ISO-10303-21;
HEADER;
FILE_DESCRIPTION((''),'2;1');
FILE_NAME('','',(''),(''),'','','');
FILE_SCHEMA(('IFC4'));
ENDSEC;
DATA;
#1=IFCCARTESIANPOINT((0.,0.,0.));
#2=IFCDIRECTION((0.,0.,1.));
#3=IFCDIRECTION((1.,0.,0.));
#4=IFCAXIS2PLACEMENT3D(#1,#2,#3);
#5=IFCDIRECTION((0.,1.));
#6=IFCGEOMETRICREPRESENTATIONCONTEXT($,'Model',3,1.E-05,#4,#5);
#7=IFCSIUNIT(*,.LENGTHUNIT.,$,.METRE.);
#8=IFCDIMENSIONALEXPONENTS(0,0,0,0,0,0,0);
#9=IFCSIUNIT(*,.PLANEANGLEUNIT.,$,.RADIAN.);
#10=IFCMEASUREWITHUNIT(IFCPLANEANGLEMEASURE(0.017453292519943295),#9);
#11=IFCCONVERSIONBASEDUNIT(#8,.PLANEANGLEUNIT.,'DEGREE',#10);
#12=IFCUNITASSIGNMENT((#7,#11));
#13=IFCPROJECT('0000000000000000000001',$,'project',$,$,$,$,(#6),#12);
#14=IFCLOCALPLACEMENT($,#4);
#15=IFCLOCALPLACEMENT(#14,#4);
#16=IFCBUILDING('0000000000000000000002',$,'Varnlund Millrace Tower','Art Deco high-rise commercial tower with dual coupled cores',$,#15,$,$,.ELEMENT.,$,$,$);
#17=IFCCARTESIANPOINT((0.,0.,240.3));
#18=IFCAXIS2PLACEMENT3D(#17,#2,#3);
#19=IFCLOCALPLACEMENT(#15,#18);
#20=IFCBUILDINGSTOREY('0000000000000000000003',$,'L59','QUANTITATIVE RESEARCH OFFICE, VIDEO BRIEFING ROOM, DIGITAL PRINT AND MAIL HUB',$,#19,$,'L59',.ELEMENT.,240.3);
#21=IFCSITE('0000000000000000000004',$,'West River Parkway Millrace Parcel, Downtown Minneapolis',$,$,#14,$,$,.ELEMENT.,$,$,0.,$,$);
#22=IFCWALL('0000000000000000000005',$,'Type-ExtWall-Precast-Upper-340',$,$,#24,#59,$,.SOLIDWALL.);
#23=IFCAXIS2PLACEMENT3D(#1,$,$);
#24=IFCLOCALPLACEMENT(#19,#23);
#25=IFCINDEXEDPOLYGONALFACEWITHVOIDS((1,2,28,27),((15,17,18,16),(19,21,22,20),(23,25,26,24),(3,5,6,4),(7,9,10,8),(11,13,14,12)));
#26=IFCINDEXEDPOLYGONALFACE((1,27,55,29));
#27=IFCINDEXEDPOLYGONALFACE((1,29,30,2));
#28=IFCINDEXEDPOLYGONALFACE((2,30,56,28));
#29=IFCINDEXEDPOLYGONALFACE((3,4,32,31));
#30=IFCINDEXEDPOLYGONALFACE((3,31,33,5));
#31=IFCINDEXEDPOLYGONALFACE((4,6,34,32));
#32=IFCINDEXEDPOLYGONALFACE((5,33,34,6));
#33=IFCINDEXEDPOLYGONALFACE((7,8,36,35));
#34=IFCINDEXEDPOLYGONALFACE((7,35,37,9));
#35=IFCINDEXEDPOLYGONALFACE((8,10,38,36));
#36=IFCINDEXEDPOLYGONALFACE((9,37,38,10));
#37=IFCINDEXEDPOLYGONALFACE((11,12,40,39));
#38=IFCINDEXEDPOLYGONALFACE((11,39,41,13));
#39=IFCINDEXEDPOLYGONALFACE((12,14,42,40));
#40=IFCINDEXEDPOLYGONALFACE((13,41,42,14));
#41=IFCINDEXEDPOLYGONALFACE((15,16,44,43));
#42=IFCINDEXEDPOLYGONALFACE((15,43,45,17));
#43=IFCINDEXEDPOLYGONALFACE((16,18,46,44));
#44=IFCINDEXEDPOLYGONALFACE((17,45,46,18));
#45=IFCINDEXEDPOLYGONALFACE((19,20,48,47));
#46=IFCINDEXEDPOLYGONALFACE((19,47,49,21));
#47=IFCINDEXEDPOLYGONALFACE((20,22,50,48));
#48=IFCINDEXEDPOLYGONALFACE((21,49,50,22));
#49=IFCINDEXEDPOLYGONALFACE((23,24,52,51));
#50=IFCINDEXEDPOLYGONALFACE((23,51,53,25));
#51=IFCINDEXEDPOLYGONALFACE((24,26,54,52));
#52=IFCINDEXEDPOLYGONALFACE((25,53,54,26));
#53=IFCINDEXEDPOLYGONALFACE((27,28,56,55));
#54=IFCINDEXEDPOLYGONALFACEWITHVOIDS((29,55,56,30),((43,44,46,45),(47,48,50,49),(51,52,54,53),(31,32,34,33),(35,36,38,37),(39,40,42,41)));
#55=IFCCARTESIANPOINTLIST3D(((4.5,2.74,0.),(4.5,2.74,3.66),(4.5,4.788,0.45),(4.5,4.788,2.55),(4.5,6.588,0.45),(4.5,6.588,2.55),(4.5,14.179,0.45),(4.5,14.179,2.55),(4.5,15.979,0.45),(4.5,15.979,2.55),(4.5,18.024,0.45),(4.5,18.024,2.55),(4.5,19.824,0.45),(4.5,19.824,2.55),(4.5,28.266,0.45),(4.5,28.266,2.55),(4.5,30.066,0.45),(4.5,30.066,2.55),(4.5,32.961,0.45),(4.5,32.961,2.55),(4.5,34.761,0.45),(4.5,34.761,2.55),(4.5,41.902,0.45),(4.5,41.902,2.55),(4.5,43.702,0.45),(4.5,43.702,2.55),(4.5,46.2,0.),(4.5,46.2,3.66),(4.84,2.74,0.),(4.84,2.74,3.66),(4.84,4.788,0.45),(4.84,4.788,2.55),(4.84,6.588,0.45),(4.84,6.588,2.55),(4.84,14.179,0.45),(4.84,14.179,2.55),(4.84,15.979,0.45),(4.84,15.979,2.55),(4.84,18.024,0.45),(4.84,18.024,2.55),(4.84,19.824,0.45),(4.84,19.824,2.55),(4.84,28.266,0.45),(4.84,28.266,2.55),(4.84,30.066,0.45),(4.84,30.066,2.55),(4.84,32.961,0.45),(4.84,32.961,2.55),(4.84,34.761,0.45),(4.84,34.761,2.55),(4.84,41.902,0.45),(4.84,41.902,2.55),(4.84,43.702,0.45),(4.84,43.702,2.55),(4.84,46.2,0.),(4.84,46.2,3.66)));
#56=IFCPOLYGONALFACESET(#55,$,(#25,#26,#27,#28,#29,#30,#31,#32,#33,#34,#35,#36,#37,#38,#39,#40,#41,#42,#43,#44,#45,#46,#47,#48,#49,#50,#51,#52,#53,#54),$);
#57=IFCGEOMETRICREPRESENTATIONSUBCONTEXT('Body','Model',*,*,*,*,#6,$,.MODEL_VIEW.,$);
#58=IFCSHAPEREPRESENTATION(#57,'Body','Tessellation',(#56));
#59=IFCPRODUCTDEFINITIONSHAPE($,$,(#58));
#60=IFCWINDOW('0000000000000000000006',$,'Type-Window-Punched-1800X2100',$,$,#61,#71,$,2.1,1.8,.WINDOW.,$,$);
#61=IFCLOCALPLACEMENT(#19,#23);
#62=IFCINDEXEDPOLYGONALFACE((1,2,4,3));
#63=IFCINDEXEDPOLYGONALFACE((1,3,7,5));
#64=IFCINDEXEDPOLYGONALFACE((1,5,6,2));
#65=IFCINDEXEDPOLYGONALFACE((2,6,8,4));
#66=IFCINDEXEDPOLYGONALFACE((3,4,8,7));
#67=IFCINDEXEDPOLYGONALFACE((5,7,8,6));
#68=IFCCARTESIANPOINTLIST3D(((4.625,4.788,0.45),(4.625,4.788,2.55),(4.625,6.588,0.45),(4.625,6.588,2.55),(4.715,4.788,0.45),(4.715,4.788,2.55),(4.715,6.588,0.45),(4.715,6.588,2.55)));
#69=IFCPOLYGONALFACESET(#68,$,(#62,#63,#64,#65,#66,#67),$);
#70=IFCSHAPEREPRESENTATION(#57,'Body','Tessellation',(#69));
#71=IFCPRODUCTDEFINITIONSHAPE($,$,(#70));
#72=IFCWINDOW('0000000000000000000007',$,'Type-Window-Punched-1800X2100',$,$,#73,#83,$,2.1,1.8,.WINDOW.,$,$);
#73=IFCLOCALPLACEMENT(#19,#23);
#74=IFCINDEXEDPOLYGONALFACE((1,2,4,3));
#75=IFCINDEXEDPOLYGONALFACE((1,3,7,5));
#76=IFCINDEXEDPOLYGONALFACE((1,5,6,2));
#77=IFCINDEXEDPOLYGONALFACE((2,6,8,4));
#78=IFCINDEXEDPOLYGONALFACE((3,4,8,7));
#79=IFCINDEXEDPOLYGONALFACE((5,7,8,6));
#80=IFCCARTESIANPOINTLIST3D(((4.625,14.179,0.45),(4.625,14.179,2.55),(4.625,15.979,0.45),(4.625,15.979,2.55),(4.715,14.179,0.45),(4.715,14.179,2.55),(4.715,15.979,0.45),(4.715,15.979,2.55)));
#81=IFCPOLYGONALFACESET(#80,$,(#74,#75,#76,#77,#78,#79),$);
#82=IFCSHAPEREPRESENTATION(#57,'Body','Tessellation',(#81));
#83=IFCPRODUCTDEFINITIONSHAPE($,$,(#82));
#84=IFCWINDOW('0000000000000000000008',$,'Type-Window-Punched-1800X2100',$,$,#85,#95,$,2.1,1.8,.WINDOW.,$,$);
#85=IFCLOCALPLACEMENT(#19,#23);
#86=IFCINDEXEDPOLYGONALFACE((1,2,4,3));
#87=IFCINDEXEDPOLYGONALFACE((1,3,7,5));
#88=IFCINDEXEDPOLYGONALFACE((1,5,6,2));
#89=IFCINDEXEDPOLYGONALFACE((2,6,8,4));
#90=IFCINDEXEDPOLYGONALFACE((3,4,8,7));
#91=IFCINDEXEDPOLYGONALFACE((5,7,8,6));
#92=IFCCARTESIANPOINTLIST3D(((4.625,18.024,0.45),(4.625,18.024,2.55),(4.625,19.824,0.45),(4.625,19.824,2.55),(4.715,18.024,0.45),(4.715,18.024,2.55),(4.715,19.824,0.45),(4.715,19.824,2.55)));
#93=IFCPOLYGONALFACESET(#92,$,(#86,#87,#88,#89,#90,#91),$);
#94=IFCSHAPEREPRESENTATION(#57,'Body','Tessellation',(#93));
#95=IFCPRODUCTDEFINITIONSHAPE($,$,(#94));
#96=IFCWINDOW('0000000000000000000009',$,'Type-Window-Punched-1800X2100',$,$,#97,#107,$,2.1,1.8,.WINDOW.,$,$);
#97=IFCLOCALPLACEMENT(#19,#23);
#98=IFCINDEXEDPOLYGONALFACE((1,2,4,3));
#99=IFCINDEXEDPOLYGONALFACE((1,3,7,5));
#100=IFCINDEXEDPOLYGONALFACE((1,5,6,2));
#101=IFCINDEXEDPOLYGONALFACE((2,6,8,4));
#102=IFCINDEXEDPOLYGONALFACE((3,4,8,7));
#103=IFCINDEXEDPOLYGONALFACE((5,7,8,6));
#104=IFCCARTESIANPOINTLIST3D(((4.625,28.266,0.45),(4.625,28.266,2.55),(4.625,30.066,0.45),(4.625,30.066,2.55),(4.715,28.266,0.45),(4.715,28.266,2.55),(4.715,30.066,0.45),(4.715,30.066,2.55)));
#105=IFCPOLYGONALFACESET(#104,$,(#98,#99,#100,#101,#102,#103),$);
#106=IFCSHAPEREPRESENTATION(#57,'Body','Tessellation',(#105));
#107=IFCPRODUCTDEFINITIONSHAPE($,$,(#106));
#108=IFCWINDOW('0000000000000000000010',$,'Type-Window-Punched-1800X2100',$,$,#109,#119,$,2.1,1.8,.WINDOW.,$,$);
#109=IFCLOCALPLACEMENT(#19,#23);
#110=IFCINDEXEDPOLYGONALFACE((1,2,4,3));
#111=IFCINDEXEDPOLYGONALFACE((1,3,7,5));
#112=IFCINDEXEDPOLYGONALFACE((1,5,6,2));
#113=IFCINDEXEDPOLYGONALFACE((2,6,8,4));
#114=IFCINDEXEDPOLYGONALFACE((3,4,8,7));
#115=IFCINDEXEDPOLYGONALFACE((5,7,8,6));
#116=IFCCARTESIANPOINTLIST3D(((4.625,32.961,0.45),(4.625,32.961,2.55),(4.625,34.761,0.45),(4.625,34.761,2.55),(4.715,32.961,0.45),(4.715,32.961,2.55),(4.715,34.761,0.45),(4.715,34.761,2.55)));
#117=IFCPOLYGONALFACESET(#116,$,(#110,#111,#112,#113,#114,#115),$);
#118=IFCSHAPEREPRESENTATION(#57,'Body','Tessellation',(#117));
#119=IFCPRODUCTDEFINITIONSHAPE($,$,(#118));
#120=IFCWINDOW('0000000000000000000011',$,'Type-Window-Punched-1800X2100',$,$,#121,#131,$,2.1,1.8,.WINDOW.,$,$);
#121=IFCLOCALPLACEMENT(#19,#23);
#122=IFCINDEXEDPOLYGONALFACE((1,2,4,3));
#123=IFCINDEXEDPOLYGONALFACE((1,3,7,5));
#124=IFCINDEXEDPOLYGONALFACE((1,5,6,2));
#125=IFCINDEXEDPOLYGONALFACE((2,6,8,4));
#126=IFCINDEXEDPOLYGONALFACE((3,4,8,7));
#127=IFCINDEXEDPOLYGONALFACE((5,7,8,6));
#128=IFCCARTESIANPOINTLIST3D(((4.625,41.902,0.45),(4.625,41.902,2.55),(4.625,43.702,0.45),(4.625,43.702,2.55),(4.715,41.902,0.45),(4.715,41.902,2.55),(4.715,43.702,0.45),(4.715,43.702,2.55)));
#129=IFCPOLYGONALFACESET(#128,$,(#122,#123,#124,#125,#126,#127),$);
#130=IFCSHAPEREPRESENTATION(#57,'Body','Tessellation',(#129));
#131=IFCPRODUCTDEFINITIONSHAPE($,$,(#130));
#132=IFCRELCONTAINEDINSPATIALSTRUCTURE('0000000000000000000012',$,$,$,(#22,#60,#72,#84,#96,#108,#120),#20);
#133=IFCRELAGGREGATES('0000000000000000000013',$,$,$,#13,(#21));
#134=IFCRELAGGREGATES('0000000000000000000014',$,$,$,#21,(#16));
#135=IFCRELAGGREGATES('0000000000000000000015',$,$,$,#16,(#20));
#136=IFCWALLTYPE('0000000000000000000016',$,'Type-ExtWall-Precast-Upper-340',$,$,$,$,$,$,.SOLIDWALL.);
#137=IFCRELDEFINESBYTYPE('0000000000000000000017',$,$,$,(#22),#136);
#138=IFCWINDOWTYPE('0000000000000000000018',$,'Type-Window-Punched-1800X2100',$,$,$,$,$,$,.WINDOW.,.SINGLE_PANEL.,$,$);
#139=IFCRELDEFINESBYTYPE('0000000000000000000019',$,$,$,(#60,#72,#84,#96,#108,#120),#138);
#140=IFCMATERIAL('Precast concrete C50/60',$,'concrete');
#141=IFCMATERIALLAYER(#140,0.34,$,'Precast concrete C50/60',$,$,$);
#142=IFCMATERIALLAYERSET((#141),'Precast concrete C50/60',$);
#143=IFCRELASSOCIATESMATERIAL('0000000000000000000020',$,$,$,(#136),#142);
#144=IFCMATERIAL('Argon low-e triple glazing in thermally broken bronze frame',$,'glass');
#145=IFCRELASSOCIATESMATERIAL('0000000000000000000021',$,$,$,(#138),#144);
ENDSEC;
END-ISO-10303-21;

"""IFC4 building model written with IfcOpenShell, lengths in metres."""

from ifc_helpers import new_model, entity, si_unit, converted_unit, direction, frame, origin_with_axes, origin_2d_with_axis, place, context, subcontext, project, spatial, polyline, rectangle, outline, extrude, material, layer, layer_set, type_object, element, fill, save


model = new_model("IFC4")

# Units and contexts
model_context = context("Model", 3, precision=1e-05, world=origin_with_axes(), true_north=direction((0.0, 1.0)))
body_context = subcontext(model_context, "Body", "Model", "MODEL_VIEW")
ifc_project = project(units=[si_unit("LENGTHUNIT", "METRE"), converted_unit("PLANEANGLEUNIT", "DEGREE", entity("IfcPlaneAngleMeasure", 0.017453292519943295), si_unit("PLANEANGLEUNIT", "RADIAN"), dimensions=[0, 0, 0, 0, 0, 0, 0])], contexts=[model_context])

# Site, building, storey
site_placement = place(None, origin_with_axes())
site = spatial("IfcSite", under=ifc_project, at=site_placement, Name="West River Parkway Millrace Parcel, Downtown Minneapolis", CompositionType="ELEMENT", RefElevation=0.0)
building_placement = place(site_placement, origin_with_axes())
building = spatial("IfcBuilding", under=site, at=building_placement, Name="Varnlund Millrace Tower", Description="Art Deco high-rise commercial tower with dual coupled cores", CompositionType="ELEMENT")
storey_placement = place(building_placement, frame((0.0, 0.0, 240.3), z_axis=(0.0, 0.0, 1.0), x_axis=(1.0, 0.0, 0.0)))
storey = spatial("IfcBuildingStorey", under=building, at=storey_placement, Name="L59", Description="QUANTITATIVE RESEARCH OFFICE, VIDEO BRIEFING ROOM, DIGITAL PRINT AND MAIL HUB", LongName="L59", CompositionType="ELEMENT", Elevation=240.3)

# Shared definitions
ifc_material_1 = material(Name="Precast concrete C50/60", Category="concrete")
ifc_layer_1 = layer(ifc_material_1, 0.34, Name="Precast concrete C50/60")
ifc_layer_set_1 = layer_set([ifc_layer_1], Name="Precast concrete C50/60")
wall_type = type_object("IfcWallType", Name="Type-ExtWall-Precast-Upper-340", PredefinedType="SOLIDWALL", material=ifc_layer_set_1)

# Wall, openings, windows
wall_1_placement = place(storey_placement, frame((4.67, 2.74, 0.0), z_axis=(0.0, 0.0, 1.0), x_axis=(0.0, 1.0, 0.0)))
wall_1 = element("IfcWall", 1, at=wall_1_placement, inside=storey, type_object=wall_type, Name="Type-ExtWall-Precast-Upper-340", PredefinedType="SOLIDWALL", context=body_context, shape_type="SweptSolid", body=[
    extrude(outline(polyline([(0.0, -0.17), (43.46, -0.17), (43.46, 0.17), (0.0, 0.17), (0.0, -0.17)])), origin_with_axes(), (0.0, 0.0, 1.0), 3.66),
])
opening_1_placement = place(wall_1_placement, frame((2.948, 0.0, 0.45), z_axis=(0.0, 0.0, 1.0), x_axis=(1.0, 0.0, 0.0)))
opening_1 = element("IfcOpeningElement", 2, at=opening_1_placement, cuts=wall_1, PredefinedType="OPENING", context=body_context, shape_type="SweptSolid", body=[
    extrude(rectangle(XDim=1.8, YDim=0.36, at=origin_2d_with_axis()), origin_with_axes(), (0.0, 0.0, 1.0), 2.1),
])
opening_2_placement = place(wall_1_placement, frame((12.339, 0.0, 0.45), z_axis=(0.0, 0.0, 1.0), x_axis=(1.0, 0.0, 0.0)))
opening_2 = element("IfcOpeningElement", 3, at=opening_2_placement, cuts=wall_1, PredefinedType="OPENING", context=body_context, shape_type="SweptSolid", body=[
    extrude(rectangle(XDim=1.8, YDim=0.36, at=origin_2d_with_axis()), origin_with_axes(), (0.0, 0.0, 1.0), 2.1),
])
opening_3_placement = place(wall_1_placement, frame((16.184, 0.0, 0.45), z_axis=(0.0, 0.0, 1.0), x_axis=(1.0, 0.0, 0.0)))
opening_3 = element("IfcOpeningElement", 4, at=opening_3_placement, cuts=wall_1, PredefinedType="OPENING", context=body_context, shape_type="SweptSolid", body=[
    extrude(rectangle(XDim=1.8, YDim=0.36, at=origin_2d_with_axis()), origin_with_axes(), (0.0, 0.0, 1.0), 2.1),
])
opening_4_placement = place(wall_1_placement, frame((26.426, 0.0, 0.45), z_axis=(0.0, 0.0, 1.0), x_axis=(1.0, 0.0, 0.0)))
opening_4 = element("IfcOpeningElement", 5, at=opening_4_placement, cuts=wall_1, PredefinedType="OPENING", context=body_context, shape_type="SweptSolid", body=[
    extrude(rectangle(XDim=1.8, YDim=0.36, at=origin_2d_with_axis()), origin_with_axes(), (0.0, 0.0, 1.0), 2.1),
])
opening_5_placement = place(wall_1_placement, frame((31.121, 0.0, 0.45), z_axis=(0.0, 0.0, 1.0), x_axis=(1.0, 0.0, 0.0)))
opening_5 = element("IfcOpeningElement", 6, at=opening_5_placement, cuts=wall_1, PredefinedType="OPENING", context=body_context, shape_type="SweptSolid", body=[
    extrude(rectangle(XDim=1.8, YDim=0.36, at=origin_2d_with_axis()), origin_with_axes(), (0.0, 0.0, 1.0), 2.1),
])
opening_6_placement = place(wall_1_placement, frame((40.062, 0.0, 0.45), z_axis=(0.0, 0.0, 1.0), x_axis=(1.0, 0.0, 0.0)))
opening_6 = element("IfcOpeningElement", 7, at=opening_6_placement, cuts=wall_1, PredefinedType="OPENING", context=body_context, shape_type="SweptSolid", body=[
    extrude(rectangle(XDim=1.8, YDim=0.36, at=origin_2d_with_axis()), origin_with_axes(), (0.0, 0.0, 1.0), 2.1),
])
ifc_material_2 = material(Name="Argon low-e triple glazing in thermally broken bronze frame", Category="glass")
window_type = type_object("IfcWindowType", Name="Type-Window-Punched-1800X2100", PartitioningType="SINGLE_PANEL", PredefinedType="WINDOW", material=ifc_material_2)
window_1_placement = place(wall_1_placement, frame((2.948, 0.0, 0.45), z_axis=(0.0, 0.0, 1.0), x_axis=(1.0, 0.0, 0.0)))
window_1 = element("IfcWindow", 8, at=window_1_placement, inside=storey, type_object=window_type, Name="Type-Window-Punched-1800X2100", OverallHeight=2.1, OverallWidth=1.8, PredefinedType="WINDOW", context=body_context, shape_type="SweptSolid", body=[
    extrude(rectangle(XDim=1.8, YDim=0.09, at=origin_2d_with_axis()), origin_with_axes(), (0.0, 0.0, 1.0), 2.1),
])
fill(opening_1, window_1)
window_2_placement = place(wall_1_placement, frame((12.339, 0.0, 0.45), z_axis=(0.0, 0.0, 1.0), x_axis=(1.0, 0.0, 0.0)))
window_2 = element("IfcWindow", 9, at=window_2_placement, inside=storey, type_object=window_type, Name="Type-Window-Punched-1800X2100", OverallHeight=2.1, OverallWidth=1.8, PredefinedType="WINDOW", context=body_context, shape_type="SweptSolid", body=[
    extrude(rectangle(XDim=1.8, YDim=0.09, at=origin_2d_with_axis()), origin_with_axes(), (0.0, 0.0, 1.0), 2.1),
])
fill(opening_2, window_2)
window_3_placement = place(wall_1_placement, frame((16.184, 0.0, 0.45), z_axis=(0.0, 0.0, 1.0), x_axis=(1.0, 0.0, 0.0)))
window_3 = element("IfcWindow", 10, at=window_3_placement, inside=storey, type_object=window_type, Name="Type-Window-Punched-1800X2100", OverallHeight=2.1, OverallWidth=1.8, PredefinedType="WINDOW", context=body_context, shape_type="SweptSolid", body=[
    extrude(rectangle(XDim=1.8, YDim=0.09, at=origin_2d_with_axis()), origin_with_axes(), (0.0, 0.0, 1.0), 2.1),
])
fill(opening_3, window_3)
window_4_placement = place(wall_1_placement, frame((26.426, 0.0, 0.45), z_axis=(0.0, 0.0, 1.0), x_axis=(1.0, 0.0, 0.0)))
window_4 = element("IfcWindow", 11, at=window_4_placement, inside=storey, type_object=window_type, Name="Type-Window-Punched-1800X2100", OverallHeight=2.1, OverallWidth=1.8, PredefinedType="WINDOW", context=body_context, shape_type="SweptSolid", body=[
    extrude(rectangle(XDim=1.8, YDim=0.09, at=origin_2d_with_axis()), origin_with_axes(), (0.0, 0.0, 1.0), 2.1),
])
fill(opening_4, window_4)
window_5_placement = place(wall_1_placement, frame((31.121, 0.0, 0.45), z_axis=(0.0, 0.0, 1.0), x_axis=(1.0, 0.0, 0.0)))
window_5 = element("IfcWindow", 12, at=window_5_placement, inside=storey, type_object=window_type, Name="Type-Window-Punched-1800X2100", OverallHeight=2.1, OverallWidth=1.8, PredefinedType="WINDOW", context=body_context, shape_type="SweptSolid", body=[
    extrude(rectangle(XDim=1.8, YDim=0.09, at=origin_2d_with_axis()), origin_with_axes(), (0.0, 0.0, 1.0), 2.1),
])
fill(opening_5, window_5)
window_6_placement = place(wall_1_placement, frame((40.062, 0.0, 0.45), z_axis=(0.0, 0.0, 1.0), x_axis=(1.0, 0.0, 0.0)))
window_6 = element("IfcWindow", 13, at=window_6_placement, inside=storey, type_object=window_type, Name="Type-Window-Punched-1800X2100", OverallHeight=2.1, OverallWidth=1.8, PredefinedType="WINDOW", context=body_context, shape_type="SweptSolid", body=[
    extrude(rectangle(XDim=1.8, YDim=0.09, at=origin_2d_with_axis()), origin_with_axes(), (0.0, 0.0, 1.0), 2.1),
])
fill(opening_6, window_6)

save(model, "model.ifc")
